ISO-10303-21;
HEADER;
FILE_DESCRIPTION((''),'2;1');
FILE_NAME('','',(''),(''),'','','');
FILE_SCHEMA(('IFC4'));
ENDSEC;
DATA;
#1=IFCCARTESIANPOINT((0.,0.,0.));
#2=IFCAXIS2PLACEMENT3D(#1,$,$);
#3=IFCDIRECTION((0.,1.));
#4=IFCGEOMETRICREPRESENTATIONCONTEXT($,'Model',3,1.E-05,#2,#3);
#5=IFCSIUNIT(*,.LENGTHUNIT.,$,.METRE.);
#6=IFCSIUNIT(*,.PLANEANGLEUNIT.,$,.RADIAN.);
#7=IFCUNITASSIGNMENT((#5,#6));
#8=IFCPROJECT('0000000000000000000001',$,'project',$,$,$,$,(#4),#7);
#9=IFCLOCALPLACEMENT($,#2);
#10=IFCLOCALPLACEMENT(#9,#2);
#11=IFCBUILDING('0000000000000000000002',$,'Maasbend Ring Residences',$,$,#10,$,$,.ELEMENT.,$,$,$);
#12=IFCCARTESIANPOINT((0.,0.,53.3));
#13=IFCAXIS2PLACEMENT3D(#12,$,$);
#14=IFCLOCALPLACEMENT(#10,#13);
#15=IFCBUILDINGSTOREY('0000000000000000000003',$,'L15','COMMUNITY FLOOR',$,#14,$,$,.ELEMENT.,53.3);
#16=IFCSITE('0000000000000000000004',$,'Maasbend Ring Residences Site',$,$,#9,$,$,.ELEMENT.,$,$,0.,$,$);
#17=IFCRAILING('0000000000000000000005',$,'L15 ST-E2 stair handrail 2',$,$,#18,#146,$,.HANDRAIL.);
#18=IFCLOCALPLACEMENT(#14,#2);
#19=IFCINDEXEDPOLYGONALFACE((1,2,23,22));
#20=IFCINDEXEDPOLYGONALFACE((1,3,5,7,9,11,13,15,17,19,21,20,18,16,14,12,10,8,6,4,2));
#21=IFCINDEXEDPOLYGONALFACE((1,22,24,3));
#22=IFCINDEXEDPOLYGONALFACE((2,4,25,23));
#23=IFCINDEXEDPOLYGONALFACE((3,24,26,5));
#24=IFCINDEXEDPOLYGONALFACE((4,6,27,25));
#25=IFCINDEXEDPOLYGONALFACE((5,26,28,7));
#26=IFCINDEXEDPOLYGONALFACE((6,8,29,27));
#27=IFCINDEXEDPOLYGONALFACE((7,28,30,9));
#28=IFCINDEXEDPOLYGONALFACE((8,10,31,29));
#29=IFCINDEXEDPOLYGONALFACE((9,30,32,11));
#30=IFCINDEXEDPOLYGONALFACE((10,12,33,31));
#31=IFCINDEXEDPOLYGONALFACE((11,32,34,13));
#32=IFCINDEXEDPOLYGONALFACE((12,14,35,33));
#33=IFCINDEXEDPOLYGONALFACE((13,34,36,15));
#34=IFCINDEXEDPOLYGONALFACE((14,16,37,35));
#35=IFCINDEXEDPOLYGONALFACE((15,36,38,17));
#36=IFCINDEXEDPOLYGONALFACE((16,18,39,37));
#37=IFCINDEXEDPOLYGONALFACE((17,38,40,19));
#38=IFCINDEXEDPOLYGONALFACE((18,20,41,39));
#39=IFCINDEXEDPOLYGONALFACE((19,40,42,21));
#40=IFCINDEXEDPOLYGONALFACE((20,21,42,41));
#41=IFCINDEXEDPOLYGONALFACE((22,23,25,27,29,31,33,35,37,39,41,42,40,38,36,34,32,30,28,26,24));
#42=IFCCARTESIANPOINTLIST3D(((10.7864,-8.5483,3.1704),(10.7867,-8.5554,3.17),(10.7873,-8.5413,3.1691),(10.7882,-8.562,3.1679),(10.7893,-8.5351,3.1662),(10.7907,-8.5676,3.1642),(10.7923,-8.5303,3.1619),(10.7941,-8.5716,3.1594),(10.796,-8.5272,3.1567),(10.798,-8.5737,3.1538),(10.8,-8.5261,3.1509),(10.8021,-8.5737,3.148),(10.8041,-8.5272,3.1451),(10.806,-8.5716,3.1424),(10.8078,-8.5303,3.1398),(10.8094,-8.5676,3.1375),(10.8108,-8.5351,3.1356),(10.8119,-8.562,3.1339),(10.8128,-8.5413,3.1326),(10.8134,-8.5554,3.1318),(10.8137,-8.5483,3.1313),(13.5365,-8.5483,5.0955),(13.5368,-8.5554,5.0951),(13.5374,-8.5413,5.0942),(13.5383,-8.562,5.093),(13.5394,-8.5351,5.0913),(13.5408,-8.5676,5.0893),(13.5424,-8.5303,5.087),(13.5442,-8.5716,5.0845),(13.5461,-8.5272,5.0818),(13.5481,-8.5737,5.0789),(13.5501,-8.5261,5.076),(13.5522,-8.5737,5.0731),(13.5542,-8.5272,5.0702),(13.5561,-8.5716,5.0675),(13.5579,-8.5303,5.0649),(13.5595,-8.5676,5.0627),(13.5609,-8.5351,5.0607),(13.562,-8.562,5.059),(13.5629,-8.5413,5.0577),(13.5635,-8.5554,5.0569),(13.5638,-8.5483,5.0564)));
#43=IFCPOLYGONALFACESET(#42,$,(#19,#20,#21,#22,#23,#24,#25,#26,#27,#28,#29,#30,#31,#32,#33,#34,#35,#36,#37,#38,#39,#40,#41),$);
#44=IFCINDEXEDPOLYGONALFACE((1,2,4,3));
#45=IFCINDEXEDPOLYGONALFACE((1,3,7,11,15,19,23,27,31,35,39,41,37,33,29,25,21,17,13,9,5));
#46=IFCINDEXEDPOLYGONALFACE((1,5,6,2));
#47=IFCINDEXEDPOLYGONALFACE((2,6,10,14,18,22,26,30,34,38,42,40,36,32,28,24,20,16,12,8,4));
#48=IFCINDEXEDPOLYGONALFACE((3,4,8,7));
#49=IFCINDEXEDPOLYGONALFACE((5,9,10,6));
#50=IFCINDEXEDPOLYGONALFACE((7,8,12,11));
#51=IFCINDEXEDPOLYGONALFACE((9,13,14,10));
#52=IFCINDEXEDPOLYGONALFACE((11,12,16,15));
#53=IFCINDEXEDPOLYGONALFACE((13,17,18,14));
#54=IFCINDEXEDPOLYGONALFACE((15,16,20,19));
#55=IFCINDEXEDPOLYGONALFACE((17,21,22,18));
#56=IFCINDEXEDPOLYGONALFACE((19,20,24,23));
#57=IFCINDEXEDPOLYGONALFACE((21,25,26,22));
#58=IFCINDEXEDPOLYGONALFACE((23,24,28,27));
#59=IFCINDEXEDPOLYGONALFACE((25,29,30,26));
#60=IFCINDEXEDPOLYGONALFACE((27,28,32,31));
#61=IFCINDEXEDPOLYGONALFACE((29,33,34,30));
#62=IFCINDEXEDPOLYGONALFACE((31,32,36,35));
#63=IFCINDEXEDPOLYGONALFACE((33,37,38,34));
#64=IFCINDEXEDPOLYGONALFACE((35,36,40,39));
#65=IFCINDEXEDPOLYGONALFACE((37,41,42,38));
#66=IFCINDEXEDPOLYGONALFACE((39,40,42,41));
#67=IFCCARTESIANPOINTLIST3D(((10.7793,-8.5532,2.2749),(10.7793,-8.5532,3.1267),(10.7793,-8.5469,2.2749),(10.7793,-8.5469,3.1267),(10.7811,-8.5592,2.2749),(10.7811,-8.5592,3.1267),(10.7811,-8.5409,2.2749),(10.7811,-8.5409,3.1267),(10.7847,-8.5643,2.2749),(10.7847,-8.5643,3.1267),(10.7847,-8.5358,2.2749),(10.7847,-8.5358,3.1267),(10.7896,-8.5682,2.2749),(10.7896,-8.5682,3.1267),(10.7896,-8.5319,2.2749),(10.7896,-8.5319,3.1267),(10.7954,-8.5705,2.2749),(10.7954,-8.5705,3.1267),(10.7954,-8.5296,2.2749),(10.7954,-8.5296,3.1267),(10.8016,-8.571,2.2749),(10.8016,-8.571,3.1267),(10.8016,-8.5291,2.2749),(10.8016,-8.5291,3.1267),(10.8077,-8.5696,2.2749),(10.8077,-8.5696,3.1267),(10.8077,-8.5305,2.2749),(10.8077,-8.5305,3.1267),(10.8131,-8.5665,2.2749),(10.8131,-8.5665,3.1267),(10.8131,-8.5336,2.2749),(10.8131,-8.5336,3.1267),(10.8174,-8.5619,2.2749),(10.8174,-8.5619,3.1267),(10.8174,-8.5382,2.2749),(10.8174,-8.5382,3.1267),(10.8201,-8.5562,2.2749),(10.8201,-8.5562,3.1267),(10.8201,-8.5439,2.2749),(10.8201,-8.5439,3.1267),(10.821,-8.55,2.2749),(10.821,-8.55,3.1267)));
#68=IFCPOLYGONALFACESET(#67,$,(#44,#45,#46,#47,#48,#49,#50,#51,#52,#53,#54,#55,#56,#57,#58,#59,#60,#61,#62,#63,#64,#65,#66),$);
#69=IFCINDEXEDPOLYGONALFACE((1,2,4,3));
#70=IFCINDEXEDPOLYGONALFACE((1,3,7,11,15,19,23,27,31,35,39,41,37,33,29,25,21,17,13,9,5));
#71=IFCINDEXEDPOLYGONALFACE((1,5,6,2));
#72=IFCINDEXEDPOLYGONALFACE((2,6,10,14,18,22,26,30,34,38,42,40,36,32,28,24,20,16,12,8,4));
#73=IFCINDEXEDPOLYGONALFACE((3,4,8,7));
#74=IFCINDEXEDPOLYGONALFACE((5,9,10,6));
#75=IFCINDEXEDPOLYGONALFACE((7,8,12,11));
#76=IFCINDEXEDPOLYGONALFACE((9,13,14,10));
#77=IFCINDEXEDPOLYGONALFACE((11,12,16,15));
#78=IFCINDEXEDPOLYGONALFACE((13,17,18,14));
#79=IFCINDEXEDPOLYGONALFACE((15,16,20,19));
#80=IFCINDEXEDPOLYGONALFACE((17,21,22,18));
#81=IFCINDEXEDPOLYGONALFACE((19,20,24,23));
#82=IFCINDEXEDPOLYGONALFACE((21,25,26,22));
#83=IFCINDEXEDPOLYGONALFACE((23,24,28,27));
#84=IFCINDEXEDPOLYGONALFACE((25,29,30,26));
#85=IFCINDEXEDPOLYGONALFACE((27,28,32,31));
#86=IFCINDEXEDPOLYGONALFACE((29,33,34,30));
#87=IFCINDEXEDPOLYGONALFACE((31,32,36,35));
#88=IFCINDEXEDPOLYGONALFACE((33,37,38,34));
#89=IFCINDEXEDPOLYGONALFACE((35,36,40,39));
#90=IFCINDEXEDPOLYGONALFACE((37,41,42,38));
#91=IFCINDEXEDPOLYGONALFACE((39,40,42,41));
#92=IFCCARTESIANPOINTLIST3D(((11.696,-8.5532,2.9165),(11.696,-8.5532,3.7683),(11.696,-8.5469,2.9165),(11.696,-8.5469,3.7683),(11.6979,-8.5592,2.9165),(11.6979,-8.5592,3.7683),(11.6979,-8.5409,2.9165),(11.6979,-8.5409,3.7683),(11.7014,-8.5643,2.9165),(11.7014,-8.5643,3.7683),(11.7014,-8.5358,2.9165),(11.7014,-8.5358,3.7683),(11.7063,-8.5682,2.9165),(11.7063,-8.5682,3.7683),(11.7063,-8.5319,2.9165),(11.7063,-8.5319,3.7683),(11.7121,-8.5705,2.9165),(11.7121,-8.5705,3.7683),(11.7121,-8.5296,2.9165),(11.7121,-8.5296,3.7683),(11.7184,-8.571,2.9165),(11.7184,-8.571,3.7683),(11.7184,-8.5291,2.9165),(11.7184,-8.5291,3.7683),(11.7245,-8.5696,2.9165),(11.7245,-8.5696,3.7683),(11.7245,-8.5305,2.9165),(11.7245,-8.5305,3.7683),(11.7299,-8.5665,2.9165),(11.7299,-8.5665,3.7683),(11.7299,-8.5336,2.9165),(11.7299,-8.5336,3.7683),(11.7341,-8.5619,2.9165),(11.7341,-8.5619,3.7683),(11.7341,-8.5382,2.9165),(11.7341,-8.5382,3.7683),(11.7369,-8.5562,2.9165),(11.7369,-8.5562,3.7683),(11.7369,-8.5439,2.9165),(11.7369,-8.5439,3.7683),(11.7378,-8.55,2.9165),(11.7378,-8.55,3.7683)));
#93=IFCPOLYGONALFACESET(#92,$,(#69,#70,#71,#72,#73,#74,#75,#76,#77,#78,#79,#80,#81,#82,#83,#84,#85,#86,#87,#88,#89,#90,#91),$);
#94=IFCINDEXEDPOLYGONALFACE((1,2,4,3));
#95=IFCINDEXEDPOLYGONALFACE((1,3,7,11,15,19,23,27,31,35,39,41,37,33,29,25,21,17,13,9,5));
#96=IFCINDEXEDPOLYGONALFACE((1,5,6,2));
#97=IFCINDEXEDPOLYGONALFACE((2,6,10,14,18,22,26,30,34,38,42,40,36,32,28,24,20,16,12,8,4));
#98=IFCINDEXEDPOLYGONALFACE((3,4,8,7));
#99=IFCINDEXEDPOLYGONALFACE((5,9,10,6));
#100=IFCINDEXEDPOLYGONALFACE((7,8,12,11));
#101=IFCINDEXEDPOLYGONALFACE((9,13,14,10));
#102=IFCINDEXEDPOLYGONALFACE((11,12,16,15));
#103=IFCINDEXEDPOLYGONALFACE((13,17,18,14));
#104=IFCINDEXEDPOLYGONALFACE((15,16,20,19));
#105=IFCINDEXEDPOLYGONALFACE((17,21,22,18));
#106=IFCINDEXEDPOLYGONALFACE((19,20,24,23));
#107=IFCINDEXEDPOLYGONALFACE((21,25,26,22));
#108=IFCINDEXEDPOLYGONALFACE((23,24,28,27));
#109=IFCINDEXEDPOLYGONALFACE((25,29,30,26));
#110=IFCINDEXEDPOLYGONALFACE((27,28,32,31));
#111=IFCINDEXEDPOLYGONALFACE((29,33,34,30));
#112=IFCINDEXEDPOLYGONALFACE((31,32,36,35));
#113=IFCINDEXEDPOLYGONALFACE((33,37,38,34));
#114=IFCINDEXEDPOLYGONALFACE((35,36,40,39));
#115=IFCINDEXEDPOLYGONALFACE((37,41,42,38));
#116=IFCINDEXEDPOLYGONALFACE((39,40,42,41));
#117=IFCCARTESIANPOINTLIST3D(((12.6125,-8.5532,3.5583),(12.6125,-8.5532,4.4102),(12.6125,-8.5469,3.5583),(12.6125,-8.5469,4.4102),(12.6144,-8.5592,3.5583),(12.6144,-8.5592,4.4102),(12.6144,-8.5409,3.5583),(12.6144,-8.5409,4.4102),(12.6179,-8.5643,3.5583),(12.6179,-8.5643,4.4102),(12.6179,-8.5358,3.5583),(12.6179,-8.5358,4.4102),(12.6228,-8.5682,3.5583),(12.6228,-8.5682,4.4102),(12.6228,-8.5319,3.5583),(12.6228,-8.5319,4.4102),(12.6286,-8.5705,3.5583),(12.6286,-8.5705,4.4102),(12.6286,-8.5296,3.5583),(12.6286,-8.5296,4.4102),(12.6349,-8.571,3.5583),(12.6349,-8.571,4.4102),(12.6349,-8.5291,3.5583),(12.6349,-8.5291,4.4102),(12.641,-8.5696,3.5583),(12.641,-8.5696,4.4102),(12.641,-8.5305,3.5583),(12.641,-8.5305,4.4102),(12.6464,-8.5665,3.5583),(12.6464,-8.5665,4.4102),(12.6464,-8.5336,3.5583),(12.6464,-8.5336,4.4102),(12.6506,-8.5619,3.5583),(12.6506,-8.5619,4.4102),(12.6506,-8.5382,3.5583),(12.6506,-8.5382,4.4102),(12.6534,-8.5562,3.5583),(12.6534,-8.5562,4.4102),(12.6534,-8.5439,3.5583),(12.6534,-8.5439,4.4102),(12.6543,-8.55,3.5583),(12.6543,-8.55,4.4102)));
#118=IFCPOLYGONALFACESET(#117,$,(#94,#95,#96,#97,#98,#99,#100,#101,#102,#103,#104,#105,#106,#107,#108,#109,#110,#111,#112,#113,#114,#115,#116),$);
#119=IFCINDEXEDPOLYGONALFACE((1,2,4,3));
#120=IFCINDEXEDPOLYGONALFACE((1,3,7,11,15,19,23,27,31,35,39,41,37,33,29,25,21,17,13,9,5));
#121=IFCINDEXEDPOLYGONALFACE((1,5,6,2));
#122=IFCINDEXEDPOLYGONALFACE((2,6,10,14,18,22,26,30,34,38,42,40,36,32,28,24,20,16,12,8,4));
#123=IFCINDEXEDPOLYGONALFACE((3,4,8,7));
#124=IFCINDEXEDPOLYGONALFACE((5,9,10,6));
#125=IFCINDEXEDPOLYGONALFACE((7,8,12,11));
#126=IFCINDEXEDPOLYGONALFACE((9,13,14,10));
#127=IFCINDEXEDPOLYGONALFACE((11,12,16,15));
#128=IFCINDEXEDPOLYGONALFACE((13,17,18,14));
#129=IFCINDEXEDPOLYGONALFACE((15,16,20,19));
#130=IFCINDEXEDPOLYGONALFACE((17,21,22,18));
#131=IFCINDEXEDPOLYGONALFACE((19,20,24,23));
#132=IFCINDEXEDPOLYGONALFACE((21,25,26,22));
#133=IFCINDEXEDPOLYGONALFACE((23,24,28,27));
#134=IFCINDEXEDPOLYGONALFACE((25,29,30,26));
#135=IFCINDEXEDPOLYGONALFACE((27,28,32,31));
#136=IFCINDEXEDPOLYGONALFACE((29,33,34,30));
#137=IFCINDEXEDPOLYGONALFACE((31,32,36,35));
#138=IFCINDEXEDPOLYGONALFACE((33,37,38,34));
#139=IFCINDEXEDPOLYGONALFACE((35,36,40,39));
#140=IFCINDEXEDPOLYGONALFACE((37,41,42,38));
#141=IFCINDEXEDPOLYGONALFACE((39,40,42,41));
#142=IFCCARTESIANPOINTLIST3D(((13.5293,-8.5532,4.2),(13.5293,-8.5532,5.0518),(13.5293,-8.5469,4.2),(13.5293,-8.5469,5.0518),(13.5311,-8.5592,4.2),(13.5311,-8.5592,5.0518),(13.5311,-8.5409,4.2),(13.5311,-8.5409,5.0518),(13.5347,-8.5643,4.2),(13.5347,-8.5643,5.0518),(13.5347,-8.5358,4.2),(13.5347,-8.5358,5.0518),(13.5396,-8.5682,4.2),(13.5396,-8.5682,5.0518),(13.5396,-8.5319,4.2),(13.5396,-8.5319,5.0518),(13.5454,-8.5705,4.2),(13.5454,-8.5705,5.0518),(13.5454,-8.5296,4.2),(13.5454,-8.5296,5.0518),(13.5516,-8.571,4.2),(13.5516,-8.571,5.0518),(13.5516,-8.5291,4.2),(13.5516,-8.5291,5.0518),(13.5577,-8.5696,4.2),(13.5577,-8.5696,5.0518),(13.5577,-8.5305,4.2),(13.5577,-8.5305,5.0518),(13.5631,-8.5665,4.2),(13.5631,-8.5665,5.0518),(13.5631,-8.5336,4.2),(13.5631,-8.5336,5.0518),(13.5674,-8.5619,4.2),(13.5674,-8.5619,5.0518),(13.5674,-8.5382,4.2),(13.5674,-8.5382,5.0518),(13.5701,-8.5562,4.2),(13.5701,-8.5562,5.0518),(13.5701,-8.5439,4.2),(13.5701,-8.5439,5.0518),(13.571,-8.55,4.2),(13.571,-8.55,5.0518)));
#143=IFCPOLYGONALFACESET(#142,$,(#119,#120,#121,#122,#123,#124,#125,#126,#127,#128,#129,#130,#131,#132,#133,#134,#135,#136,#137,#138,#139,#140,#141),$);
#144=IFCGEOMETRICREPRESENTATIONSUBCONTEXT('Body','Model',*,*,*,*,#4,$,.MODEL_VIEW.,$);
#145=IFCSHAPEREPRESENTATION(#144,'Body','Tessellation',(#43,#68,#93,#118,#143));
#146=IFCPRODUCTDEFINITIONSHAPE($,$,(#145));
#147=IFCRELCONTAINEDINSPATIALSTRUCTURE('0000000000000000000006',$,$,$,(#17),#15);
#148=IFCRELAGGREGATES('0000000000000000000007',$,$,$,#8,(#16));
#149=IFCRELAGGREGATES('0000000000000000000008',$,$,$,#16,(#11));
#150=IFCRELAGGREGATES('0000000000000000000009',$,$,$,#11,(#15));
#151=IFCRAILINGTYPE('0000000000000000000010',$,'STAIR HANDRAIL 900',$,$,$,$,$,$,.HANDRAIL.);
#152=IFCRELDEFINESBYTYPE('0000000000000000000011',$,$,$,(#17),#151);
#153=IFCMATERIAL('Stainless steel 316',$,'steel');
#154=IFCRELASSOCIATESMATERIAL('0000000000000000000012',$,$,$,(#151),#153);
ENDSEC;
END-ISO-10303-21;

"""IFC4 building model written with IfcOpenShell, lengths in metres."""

from ifc_helpers import new_model, si_unit, direction, frame, origin, origin_2d, place, context, subcontext, project, spatial, circle, extrude, material, type_object, element, save


model = new_model("IFC4")

# Units and contexts
model_context = context("Model", 3, precision=1e-05, world=origin(), true_north=direction((0.0, 1.0)))
body_context = subcontext(model_context, "Body", "Model", "MODEL_VIEW")
ifc_project = project(units=[si_unit("LENGTHUNIT", "METRE"), si_unit("PLANEANGLEUNIT", "RADIAN")], contexts=[model_context])

# Site, building, storey
site_placement = place(None, origin())
site = spatial("IfcSite", under=ifc_project, at=site_placement, Name="Maasbend Ring Residences Site", CompositionType="ELEMENT", RefElevation=0.0)
building_placement = place(site_placement, origin())
building = spatial("IfcBuilding", under=site, at=building_placement, Name="Maasbend Ring Residences", CompositionType="ELEMENT")
storey_placement = place(building_placement, frame((0.0, 0.0, 53.3)))
storey = spatial("IfcBuildingStorey", under=building, at=storey_placement, Name="L15", Description="COMMUNITY FLOOR", CompositionType="ELEMENT", Elevation=53.3)

# Railing
ifc_material_1 = material(Name="Stainless steel 316", Category="steel")
railing_type_1 = type_object("IfcRailingType", Name="STAIR HANDRAIL 900", PredefinedType="HANDRAIL", material=ifc_material_1)
railing_1_placement = place(storey_placement, frame((10.8, -8.55, 2.2749)))
element("IfcRailing", 1, at=railing_1_placement, inside=storey, type_object=railing_type_1, Name="L15 ST-E2 stair handrail 2", PredefinedType="HANDRAIL", context=body_context, shape_type="SweptSolid", body=[
    extrude(circle(Radius=0.0239, at=origin_2d()), frame((0.0, 0.0, 0.876), z_axis=(0.819225, 0.0, 0.573472), x_axis=(0.0, 1.0, 0.0)), (0.0, 0.0, 1.0), 3.3569),
    extrude(circle(Radius=0.021, at=origin_2d()), origin(), (0.0, 0.0, 1.0), 0.8518),
    extrude(circle(Radius=0.021, at=origin_2d()), frame((0.9167, 0.0, 0.6416)), (0.0, 0.0, 1.0), 0.8518),
    extrude(circle(Radius=0.021, at=origin_2d()), frame((1.8333, 0.0, 1.2834)), (0.0, 0.0, 1.0), 0.8518),
    extrude(circle(Radius=0.021, at=origin_2d()), frame((2.75, 0.0, 1.925)), (0.0, 0.0, 1.0), 0.8518),
])

save(model, "model.ifc")
